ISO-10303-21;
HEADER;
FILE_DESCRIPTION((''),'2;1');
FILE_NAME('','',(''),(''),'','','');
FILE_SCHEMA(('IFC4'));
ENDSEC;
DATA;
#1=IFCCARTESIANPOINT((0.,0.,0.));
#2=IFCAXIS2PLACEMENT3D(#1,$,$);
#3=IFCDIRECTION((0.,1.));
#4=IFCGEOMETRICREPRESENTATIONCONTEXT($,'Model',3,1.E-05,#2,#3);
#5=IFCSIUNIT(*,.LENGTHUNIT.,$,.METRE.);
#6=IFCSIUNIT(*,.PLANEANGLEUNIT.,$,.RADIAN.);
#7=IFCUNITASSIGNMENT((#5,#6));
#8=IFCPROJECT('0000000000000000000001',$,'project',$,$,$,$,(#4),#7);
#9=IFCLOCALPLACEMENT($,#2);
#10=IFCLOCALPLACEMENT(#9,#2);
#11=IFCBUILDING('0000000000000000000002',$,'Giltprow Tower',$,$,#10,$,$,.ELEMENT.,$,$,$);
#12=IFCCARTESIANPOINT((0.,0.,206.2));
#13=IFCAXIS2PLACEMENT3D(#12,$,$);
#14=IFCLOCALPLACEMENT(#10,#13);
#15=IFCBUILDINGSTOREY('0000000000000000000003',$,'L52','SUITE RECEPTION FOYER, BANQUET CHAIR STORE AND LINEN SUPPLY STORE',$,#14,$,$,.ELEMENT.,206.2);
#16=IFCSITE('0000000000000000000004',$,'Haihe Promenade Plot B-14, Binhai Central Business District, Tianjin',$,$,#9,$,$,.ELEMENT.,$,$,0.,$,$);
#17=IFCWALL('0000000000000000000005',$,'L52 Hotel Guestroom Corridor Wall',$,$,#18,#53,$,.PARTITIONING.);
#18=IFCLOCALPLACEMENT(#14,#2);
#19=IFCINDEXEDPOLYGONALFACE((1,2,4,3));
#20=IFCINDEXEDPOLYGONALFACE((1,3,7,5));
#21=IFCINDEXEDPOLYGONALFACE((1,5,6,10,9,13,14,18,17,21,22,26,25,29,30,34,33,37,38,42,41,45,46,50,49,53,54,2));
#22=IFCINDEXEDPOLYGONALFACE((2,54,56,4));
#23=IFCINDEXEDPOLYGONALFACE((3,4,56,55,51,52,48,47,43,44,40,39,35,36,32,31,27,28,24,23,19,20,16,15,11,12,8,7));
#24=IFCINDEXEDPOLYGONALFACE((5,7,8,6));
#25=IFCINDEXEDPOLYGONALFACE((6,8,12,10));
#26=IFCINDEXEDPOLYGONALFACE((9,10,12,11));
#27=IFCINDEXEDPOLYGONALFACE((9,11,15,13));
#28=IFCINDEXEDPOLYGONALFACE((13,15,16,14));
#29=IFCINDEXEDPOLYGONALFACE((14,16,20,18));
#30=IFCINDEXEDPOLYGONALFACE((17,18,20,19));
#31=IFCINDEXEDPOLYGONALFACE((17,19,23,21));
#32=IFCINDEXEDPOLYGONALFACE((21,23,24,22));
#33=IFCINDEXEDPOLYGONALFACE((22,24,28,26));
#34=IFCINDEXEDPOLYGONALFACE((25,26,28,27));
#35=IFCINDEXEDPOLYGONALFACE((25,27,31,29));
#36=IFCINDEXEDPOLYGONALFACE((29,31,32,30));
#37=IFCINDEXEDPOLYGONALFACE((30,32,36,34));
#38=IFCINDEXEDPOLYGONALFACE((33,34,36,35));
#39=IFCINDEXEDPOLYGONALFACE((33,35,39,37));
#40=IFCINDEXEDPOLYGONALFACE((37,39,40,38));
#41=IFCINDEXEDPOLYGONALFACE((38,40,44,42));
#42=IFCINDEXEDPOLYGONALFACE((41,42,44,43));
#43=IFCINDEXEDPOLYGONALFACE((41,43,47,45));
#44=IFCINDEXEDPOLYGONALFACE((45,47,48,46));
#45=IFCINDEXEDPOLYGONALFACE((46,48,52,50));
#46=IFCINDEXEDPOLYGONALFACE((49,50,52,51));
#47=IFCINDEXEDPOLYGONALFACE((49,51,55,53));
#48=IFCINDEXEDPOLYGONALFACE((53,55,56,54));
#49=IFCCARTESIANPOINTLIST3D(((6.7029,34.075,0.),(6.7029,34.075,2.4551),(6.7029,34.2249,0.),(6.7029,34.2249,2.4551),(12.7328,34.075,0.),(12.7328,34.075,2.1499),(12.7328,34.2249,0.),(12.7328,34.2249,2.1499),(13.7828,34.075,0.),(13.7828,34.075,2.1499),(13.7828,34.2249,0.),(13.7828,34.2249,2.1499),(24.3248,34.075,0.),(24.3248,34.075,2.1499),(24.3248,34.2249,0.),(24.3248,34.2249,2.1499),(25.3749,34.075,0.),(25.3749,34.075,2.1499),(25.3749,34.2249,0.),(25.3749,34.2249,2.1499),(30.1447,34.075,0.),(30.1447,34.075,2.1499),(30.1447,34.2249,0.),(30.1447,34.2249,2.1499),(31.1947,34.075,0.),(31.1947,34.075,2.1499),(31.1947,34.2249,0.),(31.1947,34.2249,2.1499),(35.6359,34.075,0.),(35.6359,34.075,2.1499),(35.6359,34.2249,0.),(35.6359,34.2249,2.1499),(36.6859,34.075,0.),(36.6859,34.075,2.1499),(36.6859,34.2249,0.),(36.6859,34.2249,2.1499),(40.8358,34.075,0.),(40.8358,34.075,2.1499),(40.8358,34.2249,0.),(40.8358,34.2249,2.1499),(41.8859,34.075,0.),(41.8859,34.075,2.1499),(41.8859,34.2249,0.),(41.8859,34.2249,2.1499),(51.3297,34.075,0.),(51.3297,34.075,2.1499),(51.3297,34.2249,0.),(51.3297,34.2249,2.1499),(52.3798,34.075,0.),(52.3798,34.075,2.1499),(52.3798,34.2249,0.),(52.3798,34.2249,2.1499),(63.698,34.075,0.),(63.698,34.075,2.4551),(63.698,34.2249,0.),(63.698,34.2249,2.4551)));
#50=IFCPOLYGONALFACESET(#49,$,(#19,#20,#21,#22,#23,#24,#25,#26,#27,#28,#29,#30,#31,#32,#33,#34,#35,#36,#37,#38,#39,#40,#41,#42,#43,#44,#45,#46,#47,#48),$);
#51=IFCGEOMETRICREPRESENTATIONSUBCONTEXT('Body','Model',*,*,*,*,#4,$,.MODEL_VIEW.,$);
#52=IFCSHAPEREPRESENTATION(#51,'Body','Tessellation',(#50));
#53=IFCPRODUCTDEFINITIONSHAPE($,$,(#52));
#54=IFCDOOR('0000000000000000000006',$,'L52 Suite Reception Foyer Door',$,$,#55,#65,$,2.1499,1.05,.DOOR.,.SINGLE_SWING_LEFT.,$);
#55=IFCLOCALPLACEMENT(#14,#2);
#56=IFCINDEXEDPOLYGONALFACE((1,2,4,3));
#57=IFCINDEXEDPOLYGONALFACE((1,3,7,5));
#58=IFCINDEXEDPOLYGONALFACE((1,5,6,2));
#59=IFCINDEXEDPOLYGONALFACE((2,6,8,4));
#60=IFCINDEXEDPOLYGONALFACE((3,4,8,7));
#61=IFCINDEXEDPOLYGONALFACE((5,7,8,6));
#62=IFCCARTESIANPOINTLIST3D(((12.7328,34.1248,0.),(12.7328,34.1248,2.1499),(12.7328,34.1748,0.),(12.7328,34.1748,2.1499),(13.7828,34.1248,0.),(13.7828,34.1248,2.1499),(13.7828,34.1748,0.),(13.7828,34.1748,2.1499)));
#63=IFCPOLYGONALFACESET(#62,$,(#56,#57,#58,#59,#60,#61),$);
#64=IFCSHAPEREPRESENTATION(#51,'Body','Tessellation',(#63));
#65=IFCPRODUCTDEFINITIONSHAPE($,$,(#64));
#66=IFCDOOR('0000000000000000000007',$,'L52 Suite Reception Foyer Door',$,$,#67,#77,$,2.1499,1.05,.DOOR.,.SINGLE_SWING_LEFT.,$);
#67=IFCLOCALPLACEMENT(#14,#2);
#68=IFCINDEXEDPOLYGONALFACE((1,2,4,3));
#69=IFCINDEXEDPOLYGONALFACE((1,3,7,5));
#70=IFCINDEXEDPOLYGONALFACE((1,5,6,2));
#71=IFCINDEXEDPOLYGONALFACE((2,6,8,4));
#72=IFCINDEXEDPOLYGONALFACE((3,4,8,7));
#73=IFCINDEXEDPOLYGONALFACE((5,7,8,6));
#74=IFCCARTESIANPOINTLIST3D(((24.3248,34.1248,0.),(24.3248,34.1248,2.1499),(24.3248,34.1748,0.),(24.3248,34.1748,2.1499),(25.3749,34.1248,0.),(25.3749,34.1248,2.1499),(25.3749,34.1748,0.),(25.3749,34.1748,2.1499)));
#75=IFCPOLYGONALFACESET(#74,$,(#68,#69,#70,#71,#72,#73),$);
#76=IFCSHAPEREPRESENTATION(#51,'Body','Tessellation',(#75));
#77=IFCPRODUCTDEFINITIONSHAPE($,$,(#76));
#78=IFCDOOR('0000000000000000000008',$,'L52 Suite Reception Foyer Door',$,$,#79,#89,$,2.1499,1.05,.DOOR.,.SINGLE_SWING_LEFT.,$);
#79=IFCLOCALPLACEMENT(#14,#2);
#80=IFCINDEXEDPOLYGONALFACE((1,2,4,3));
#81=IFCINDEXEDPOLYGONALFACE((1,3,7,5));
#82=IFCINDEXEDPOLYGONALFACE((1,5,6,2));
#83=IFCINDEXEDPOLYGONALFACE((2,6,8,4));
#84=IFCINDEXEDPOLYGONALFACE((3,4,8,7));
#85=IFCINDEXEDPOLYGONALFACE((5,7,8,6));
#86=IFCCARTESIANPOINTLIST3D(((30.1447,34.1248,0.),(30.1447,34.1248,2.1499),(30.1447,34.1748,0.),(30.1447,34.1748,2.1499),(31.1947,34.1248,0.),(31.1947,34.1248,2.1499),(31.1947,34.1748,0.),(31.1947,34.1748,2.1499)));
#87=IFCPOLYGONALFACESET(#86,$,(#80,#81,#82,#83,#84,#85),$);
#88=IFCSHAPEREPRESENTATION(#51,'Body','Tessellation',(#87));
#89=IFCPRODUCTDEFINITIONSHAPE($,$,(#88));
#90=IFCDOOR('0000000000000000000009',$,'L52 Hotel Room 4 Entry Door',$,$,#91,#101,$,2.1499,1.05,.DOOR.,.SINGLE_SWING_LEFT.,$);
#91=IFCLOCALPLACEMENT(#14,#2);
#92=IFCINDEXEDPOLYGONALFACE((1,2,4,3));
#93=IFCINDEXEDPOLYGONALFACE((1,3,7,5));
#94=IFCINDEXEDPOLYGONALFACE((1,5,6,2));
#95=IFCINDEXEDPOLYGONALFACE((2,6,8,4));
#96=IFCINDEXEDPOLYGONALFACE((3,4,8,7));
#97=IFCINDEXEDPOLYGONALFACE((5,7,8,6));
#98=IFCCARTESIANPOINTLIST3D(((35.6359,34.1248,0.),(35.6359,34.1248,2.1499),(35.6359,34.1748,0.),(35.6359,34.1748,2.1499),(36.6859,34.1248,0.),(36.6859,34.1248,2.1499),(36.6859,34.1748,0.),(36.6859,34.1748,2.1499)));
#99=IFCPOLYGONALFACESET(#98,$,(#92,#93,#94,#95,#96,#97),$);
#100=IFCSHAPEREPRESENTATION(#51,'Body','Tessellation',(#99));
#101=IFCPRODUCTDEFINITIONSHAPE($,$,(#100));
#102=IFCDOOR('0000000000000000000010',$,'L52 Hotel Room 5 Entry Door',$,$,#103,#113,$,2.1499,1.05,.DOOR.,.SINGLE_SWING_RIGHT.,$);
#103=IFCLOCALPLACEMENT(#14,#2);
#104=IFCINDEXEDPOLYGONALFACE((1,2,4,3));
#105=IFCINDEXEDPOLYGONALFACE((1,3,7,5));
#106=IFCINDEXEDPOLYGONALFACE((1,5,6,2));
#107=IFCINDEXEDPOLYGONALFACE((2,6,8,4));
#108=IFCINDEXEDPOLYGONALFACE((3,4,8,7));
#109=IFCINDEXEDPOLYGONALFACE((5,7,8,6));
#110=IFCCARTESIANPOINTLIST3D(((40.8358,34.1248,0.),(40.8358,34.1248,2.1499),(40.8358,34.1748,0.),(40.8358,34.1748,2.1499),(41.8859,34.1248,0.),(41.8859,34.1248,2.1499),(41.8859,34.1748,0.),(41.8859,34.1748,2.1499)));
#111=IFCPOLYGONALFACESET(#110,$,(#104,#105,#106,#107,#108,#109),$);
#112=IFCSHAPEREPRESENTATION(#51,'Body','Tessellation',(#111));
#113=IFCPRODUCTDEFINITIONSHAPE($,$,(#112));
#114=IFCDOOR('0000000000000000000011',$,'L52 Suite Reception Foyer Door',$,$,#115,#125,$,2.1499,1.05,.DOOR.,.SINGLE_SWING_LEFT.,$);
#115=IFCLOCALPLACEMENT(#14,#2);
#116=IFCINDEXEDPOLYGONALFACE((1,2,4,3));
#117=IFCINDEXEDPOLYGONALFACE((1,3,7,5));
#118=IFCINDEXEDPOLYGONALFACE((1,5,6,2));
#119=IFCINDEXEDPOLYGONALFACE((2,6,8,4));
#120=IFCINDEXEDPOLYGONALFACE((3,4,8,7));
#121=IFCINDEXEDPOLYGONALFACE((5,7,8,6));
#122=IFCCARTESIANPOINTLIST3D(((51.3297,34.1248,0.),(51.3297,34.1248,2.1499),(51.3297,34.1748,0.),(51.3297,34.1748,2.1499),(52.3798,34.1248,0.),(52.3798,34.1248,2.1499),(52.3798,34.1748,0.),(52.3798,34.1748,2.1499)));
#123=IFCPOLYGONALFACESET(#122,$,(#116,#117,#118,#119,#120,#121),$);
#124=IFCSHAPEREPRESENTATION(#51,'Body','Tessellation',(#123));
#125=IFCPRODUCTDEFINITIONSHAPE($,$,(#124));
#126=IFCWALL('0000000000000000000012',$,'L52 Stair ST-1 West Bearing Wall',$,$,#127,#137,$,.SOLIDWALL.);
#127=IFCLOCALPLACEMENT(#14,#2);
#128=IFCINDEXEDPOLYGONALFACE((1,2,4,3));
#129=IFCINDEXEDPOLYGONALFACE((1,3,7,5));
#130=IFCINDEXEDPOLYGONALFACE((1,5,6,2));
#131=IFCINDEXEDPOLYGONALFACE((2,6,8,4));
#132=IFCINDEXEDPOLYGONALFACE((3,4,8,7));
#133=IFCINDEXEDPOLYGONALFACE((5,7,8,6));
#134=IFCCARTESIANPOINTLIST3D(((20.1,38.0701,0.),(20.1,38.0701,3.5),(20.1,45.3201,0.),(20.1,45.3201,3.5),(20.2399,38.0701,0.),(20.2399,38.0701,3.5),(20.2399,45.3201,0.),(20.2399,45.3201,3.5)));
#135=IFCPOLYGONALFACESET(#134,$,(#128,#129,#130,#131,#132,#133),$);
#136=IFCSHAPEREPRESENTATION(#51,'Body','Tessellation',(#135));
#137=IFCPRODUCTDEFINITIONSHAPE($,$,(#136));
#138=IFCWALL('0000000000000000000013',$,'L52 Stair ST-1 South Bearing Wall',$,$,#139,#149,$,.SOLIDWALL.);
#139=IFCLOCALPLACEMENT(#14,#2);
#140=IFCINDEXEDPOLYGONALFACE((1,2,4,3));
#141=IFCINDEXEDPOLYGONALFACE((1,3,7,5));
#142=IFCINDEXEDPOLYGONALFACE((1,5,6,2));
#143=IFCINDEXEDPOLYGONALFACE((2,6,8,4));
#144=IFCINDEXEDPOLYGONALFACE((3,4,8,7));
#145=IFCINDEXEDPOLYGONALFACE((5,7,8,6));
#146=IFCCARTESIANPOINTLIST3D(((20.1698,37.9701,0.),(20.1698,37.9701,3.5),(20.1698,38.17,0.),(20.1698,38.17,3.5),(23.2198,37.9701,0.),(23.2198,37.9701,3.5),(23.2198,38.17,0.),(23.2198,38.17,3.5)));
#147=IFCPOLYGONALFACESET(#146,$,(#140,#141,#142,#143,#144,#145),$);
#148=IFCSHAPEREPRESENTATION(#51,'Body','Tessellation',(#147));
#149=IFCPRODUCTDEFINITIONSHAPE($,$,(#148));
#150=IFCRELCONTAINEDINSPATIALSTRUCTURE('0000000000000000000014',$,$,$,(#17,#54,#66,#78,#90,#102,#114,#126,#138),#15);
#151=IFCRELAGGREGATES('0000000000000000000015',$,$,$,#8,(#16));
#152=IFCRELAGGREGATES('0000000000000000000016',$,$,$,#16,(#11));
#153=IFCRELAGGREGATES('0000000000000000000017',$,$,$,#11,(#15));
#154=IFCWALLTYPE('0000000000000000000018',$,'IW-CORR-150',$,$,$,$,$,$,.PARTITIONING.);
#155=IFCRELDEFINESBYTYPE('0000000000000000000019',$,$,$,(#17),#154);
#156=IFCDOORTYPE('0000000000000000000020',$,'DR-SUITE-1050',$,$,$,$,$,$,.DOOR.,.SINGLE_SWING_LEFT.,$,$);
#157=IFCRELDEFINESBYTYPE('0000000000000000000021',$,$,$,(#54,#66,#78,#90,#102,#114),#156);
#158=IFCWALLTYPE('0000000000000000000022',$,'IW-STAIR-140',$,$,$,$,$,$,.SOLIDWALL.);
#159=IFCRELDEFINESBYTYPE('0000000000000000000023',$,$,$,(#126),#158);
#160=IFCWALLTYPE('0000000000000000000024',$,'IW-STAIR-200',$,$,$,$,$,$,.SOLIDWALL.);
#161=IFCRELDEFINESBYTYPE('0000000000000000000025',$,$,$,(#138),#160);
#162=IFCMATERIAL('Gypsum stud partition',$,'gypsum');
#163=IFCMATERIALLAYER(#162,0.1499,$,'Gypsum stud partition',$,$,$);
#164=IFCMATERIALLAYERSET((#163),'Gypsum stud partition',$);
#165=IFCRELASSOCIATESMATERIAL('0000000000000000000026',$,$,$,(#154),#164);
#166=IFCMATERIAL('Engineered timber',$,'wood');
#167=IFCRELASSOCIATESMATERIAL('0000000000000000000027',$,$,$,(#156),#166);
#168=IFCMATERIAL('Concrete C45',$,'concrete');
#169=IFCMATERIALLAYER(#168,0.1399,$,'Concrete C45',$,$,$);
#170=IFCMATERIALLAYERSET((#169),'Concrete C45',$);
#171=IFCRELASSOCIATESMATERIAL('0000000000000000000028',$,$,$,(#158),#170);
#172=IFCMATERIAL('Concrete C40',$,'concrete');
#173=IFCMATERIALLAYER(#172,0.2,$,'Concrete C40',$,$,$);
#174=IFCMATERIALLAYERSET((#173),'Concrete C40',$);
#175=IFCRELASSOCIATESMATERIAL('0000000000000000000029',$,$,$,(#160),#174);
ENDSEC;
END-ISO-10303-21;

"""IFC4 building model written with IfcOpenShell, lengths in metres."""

from ifc_helpers import new_model, si_unit, direction, frame, frame_2d, origin, place, context, subcontext, project, spatial, rectangle, extrude, source, transform, mapped, material, layer, layer_set, type_object, element, fill, save


model = new_model("IFC4")

# Units and contexts
model_context = context("Model", 3, precision=1e-05, world=origin(), true_north=direction((0.0, 1.0)))
body_context = subcontext(model_context, "Body", "Model", "MODEL_VIEW")
ifc_project = project(units=[si_unit("LENGTHUNIT", "METRE"), si_unit("PLANEANGLEUNIT", "RADIAN")], contexts=[model_context])

# Site, building, storey
site_placement = place(None, origin())
site = spatial("IfcSite", under=ifc_project, at=site_placement, Name="Haihe Promenade Plot B-14, Binhai Central Business District, Tianjin", CompositionType="ELEMENT", RefElevation=0.0)
building_placement = place(site_placement, origin())
building = spatial("IfcBuilding", under=site, at=building_placement, Name="Giltprow Tower", CompositionType="ELEMENT")
storey_placement = place(building_placement, frame((0.0, 0.0, 206.2)))
storey = spatial("IfcBuildingStorey", under=building, at=storey_placement, Name="L52", Description="SUITE RECEPTION FOYER, BANQUET CHAIR STORE AND LINEN SUPPLY STORE", CompositionType="ELEMENT", Elevation=206.2)

# Wall, openings, doors
ifc_material_1 = material(Name="Gypsum stud partition", Category="gypsum")
ifc_layer_1 = layer(ifc_material_1, 0.1499, Name="Gypsum stud partition")
ifc_layer_set_1 = layer_set([ifc_layer_1], Name="Gypsum stud partition")
wall_type_1 = type_object("IfcWallType", Name="IW-CORR-150", PredefinedType="PARTITIONING", material=ifc_layer_set_1)
wall_1_placement = place(storey_placement, frame((6.7029, 34.1499, 0.0), z_axis=(0.0, 0.0, 1.0), x_axis=(1.0, 0.0, 0.0)))
wall_1 = element("IfcWall", 1, at=wall_1_placement, inside=storey, type_object=wall_type_1, Name="L52 Hotel Guestroom Corridor Wall", PredefinedType="PARTITIONING", context=body_context, shape_type="SweptSolid", body=[
    extrude(rectangle(XDim=56.9951, YDim=0.1499, at=frame_2d((28.4976, 0.0))), origin(), (0.0, 0.0, 1.0), 2.4551),
])
opening_1_placement = place(wall_1_placement, frame((6.03, 0.0, 0.0)))
opening_1 = element("IfcOpeningElement", 2, at=opening_1_placement, cuts=wall_1, PredefinedType="OPENING", context=body_context, shape_type="SweptSolid", body=[
    extrude(rectangle(XDim=1.05, YDim=2.1499, at=frame_2d((0.5249, 1.075))), frame((0.0, 0.085, 0.0), z_axis=(0.0, -1.0, 0.0), x_axis=(1.0, 0.0, 0.0)), (0.0, 0.0, 1.0), 0.1699),
])
opening_2_placement = place(wall_1_placement, frame((17.6221, 0.0, 0.0)))
opening_2 = element("IfcOpeningElement", 3, at=opening_2_placement, cuts=wall_1, PredefinedType="OPENING", context=body_context, shape_type="SweptSolid", body=[
    extrude(rectangle(XDim=1.05, YDim=2.1499, at=frame_2d((0.5249, 1.075))), frame((0.0, 0.085, 0.0), z_axis=(0.0, -1.0, 0.0), x_axis=(1.0, 0.0, 0.0)), (0.0, 0.0, 1.0), 0.1699),
])
opening_3_placement = place(wall_1_placement, frame((23.4419, 0.0, 0.0)))
opening_3 = element("IfcOpeningElement", 4, at=opening_3_placement, cuts=wall_1, PredefinedType="OPENING", context=body_context, shape_type="SweptSolid", body=[
    extrude(rectangle(XDim=1.05, YDim=2.1499, at=frame_2d((0.5249, 1.075))), frame((0.0, 0.085, 0.0), z_axis=(0.0, -1.0, 0.0), x_axis=(1.0, 0.0, 0.0)), (0.0, 0.0, 1.0), 0.1699),
])
opening_4_placement = place(wall_1_placement, frame((28.9331, 0.0, 0.0)))
opening_4 = element("IfcOpeningElement", 5, at=opening_4_placement, cuts=wall_1, PredefinedType="OPENING", context=body_context, shape_type="SweptSolid", body=[
    extrude(rectangle(XDim=1.05, YDim=2.1499, at=frame_2d((0.5249, 1.075))), frame((0.0, 0.085, 0.0), z_axis=(0.0, -1.0, 0.0), x_axis=(1.0, 0.0, 0.0)), (0.0, 0.0, 1.0), 0.1699),
])
opening_5_placement = place(wall_1_placement, frame((34.1331, 0.0, 0.0)))
opening_5 = element("IfcOpeningElement", 6, at=opening_5_placement, cuts=wall_1, PredefinedType="OPENING", context=body_context, shape_type="SweptSolid", body=[
    extrude(rectangle(XDim=1.05, YDim=2.1499, at=frame_2d((0.5249, 1.075))), frame((0.0, 0.085, 0.0), z_axis=(0.0, -1.0, 0.0), x_axis=(1.0, 0.0, 0.0)), (0.0, 0.0, 1.0), 0.1699),
])
opening_6_placement = place(wall_1_placement, frame((44.627, 0.0, 0.0)))
opening_6 = element("IfcOpeningElement", 7, at=opening_6_placement, cuts=wall_1, PredefinedType="OPENING", context=body_context, shape_type="SweptSolid", body=[
    extrude(rectangle(XDim=1.05, YDim=2.1499, at=frame_2d((0.5249, 1.075))), frame((0.0, 0.085, 0.0), z_axis=(0.0, -1.0, 0.0), x_axis=(1.0, 0.0, 0.0)), (0.0, 0.0, 1.0), 0.1699),
])
ifc_material_2 = material(Name="Engineered timber", Category="wood")
door_type_1 = type_object("IfcDoorType", Name="DR-SUITE-1050", OperationType="SINGLE_SWING_LEFT", PredefinedType="DOOR", material=ifc_material_2)
shared_shape_1 = source(origin(), body_context, "Body", "SweptSolid", [
    extrude(rectangle(XDim=1.05, YDim=2.1499, at=frame_2d((0.5249, 1.075))), frame((0.0, 0.0249, 0.0), z_axis=(0.0, -1.0, 0.0), x_axis=(1.0, 0.0, 0.0)), (0.0, 0.0, 1.0), 0.05),
])
door_1_placement = place(opening_1_placement, origin())
door_1 = element("IfcDoor", 8, at=door_1_placement, inside=storey, type_object=door_type_1, Name="L52 Suite Reception Foyer Door", OperationType="SINGLE_SWING_LEFT", OverallHeight=2.1499, OverallWidth=1.05, PredefinedType="DOOR", context=body_context, shape_type="MappedRepresentation", body=[
    mapped(shared_shape_1, transform((0.0, 0.0, 0.0), x_axis=(1.0, 0.0, 0.0), y_axis=(0.0, 1.0, 0.0), z_axis=(0.0, 0.0, 1.0), scale=1.0)),
])
fill(opening_1, door_1)
door_2_placement = place(opening_2_placement, origin())
door_2 = element("IfcDoor", 9, at=door_2_placement, inside=storey, type_object=door_type_1, Name="L52 Suite Reception Foyer Door", OperationType="SINGLE_SWING_LEFT", OverallHeight=2.1499, OverallWidth=1.05, PredefinedType="DOOR", context=body_context, shape_type="MappedRepresentation", body=[
    mapped(shared_shape_1, transform((0.0, 0.0, 0.0), x_axis=(1.0, 0.0, 0.0), y_axis=(0.0, 1.0, 0.0), z_axis=(0.0, 0.0, 1.0), scale=1.0)),
])
fill(opening_2, door_2)
door_3_placement = place(opening_3_placement, origin())
door_3 = element("IfcDoor", 10, at=door_3_placement, inside=storey, type_object=door_type_1, Name="L52 Suite Reception Foyer Door", OperationType="SINGLE_SWING_LEFT", OverallHeight=2.1499, OverallWidth=1.05, PredefinedType="DOOR", context=body_context, shape_type="MappedRepresentation", body=[
    mapped(shared_shape_1, transform((0.0, 0.0, 0.0), x_axis=(1.0, 0.0, 0.0), y_axis=(0.0, 1.0, 0.0), z_axis=(0.0, 0.0, 1.0), scale=1.0)),
])
fill(opening_3, door_3)
door_4_placement = place(opening_4_placement, origin())
door_4 = element("IfcDoor", 11, at=door_4_placement, inside=storey, type_object=door_type_1, Name="L52 Hotel Room 4 Entry Door", OperationType="SINGLE_SWING_LEFT", OverallHeight=2.1499, OverallWidth=1.05, PredefinedType="DOOR", context=body_context, shape_type="MappedRepresentation", body=[
    mapped(shared_shape_1, transform((0.0, 0.0, 0.0), x_axis=(1.0, 0.0, 0.0), y_axis=(0.0, 1.0, 0.0), z_axis=(0.0, 0.0, 1.0), scale=1.0)),
])
fill(opening_4, door_4)
door_5_placement = place(opening_5_placement, origin())
door_5 = element("IfcDoor", 12, at=door_5_placement, inside=storey, type_object=door_type_1, Name="L52 Hotel Room 5 Entry Door", OperationType="SINGLE_SWING_RIGHT", OverallHeight=2.1499, OverallWidth=1.05, PredefinedType="DOOR", context=body_context, shape_type="MappedRepresentation", body=[
    mapped(shared_shape_1, transform((0.0, 0.0, 0.0), x_axis=(1.0, 0.0, 0.0), y_axis=(0.0, 1.0, 0.0), z_axis=(0.0, 0.0, 1.0), scale=1.0)),
])
fill(opening_5, door_5)
door_6_placement = place(opening_6_placement, origin())
door_6 = element("IfcDoor", 13, at=door_6_placement, inside=storey, type_object=door_type_1, Name="L52 Suite Reception Foyer Door", OperationType="SINGLE_SWING_LEFT", OverallHeight=2.1499, OverallWidth=1.05, PredefinedType="DOOR", context=body_context, shape_type="MappedRepresentation", body=[
    mapped(shared_shape_1, transform((0.0, 0.0, 0.0), x_axis=(1.0, 0.0, 0.0), y_axis=(0.0, 1.0, 0.0), z_axis=(0.0, 0.0, 1.0), scale=1.0)),
])
fill(opening_6, door_6)

# Walls
ifc_material_3 = material(Name="Concrete C45", Category="concrete")
ifc_layer_2 = layer(ifc_material_3, 0.1399, Name="Concrete C45")
ifc_layer_set_2 = layer_set([ifc_layer_2], Name="Concrete C45")
wall_type_2 = type_object("IfcWallType", Name="IW-STAIR-140", PredefinedType="SOLIDWALL", material=ifc_layer_set_2)
wall_2_placement = place(storey_placement, frame((20.1699, 38.0701, 0.0), z_axis=(0.0, 0.0, 1.0), x_axis=(0.0, 1.0, 0.0)))
element("IfcWall", 14, at=wall_2_placement, inside=storey, type_object=wall_type_2, Name="L52 Stair ST-1 West Bearing Wall", PredefinedType="SOLIDWALL", context=body_context, shape_type="SweptSolid", body=[
    extrude(rectangle(XDim=7.25, YDim=0.1399, at=frame_2d((3.625, 0.0))), origin(), (0.0, 0.0, 1.0), 3.5),
])
ifc_material_4 = material(Name="Concrete C40", Category="concrete")
ifc_layer_3 = layer(ifc_material_4, 0.2, Name="Concrete C40")
ifc_layer_set_3 = layer_set([ifc_layer_3], Name="Concrete C40")
wall_type_3 = type_object("IfcWallType", Name="IW-STAIR-200", PredefinedType="SOLIDWALL", material=ifc_layer_set_3)
wall_3_placement = place(storey_placement, frame((20.1699, 38.0701, 0.0), z_axis=(0.0, 0.0, 1.0), x_axis=(1.0, 0.0, 0.0)))
element("IfcWall", 15, at=wall_3_placement, inside=storey, type_object=wall_type_3, Name="L52 Stair ST-1 South Bearing Wall", PredefinedType="SOLIDWALL", context=body_context, shape_type="SweptSolid", body=[
    extrude(rectangle(XDim=3.05, YDim=0.2, at=frame_2d((1.5249, 0.0))), origin(), (0.0, 0.0, 1.0), 3.5),
])

save(model, "model.ifc")
